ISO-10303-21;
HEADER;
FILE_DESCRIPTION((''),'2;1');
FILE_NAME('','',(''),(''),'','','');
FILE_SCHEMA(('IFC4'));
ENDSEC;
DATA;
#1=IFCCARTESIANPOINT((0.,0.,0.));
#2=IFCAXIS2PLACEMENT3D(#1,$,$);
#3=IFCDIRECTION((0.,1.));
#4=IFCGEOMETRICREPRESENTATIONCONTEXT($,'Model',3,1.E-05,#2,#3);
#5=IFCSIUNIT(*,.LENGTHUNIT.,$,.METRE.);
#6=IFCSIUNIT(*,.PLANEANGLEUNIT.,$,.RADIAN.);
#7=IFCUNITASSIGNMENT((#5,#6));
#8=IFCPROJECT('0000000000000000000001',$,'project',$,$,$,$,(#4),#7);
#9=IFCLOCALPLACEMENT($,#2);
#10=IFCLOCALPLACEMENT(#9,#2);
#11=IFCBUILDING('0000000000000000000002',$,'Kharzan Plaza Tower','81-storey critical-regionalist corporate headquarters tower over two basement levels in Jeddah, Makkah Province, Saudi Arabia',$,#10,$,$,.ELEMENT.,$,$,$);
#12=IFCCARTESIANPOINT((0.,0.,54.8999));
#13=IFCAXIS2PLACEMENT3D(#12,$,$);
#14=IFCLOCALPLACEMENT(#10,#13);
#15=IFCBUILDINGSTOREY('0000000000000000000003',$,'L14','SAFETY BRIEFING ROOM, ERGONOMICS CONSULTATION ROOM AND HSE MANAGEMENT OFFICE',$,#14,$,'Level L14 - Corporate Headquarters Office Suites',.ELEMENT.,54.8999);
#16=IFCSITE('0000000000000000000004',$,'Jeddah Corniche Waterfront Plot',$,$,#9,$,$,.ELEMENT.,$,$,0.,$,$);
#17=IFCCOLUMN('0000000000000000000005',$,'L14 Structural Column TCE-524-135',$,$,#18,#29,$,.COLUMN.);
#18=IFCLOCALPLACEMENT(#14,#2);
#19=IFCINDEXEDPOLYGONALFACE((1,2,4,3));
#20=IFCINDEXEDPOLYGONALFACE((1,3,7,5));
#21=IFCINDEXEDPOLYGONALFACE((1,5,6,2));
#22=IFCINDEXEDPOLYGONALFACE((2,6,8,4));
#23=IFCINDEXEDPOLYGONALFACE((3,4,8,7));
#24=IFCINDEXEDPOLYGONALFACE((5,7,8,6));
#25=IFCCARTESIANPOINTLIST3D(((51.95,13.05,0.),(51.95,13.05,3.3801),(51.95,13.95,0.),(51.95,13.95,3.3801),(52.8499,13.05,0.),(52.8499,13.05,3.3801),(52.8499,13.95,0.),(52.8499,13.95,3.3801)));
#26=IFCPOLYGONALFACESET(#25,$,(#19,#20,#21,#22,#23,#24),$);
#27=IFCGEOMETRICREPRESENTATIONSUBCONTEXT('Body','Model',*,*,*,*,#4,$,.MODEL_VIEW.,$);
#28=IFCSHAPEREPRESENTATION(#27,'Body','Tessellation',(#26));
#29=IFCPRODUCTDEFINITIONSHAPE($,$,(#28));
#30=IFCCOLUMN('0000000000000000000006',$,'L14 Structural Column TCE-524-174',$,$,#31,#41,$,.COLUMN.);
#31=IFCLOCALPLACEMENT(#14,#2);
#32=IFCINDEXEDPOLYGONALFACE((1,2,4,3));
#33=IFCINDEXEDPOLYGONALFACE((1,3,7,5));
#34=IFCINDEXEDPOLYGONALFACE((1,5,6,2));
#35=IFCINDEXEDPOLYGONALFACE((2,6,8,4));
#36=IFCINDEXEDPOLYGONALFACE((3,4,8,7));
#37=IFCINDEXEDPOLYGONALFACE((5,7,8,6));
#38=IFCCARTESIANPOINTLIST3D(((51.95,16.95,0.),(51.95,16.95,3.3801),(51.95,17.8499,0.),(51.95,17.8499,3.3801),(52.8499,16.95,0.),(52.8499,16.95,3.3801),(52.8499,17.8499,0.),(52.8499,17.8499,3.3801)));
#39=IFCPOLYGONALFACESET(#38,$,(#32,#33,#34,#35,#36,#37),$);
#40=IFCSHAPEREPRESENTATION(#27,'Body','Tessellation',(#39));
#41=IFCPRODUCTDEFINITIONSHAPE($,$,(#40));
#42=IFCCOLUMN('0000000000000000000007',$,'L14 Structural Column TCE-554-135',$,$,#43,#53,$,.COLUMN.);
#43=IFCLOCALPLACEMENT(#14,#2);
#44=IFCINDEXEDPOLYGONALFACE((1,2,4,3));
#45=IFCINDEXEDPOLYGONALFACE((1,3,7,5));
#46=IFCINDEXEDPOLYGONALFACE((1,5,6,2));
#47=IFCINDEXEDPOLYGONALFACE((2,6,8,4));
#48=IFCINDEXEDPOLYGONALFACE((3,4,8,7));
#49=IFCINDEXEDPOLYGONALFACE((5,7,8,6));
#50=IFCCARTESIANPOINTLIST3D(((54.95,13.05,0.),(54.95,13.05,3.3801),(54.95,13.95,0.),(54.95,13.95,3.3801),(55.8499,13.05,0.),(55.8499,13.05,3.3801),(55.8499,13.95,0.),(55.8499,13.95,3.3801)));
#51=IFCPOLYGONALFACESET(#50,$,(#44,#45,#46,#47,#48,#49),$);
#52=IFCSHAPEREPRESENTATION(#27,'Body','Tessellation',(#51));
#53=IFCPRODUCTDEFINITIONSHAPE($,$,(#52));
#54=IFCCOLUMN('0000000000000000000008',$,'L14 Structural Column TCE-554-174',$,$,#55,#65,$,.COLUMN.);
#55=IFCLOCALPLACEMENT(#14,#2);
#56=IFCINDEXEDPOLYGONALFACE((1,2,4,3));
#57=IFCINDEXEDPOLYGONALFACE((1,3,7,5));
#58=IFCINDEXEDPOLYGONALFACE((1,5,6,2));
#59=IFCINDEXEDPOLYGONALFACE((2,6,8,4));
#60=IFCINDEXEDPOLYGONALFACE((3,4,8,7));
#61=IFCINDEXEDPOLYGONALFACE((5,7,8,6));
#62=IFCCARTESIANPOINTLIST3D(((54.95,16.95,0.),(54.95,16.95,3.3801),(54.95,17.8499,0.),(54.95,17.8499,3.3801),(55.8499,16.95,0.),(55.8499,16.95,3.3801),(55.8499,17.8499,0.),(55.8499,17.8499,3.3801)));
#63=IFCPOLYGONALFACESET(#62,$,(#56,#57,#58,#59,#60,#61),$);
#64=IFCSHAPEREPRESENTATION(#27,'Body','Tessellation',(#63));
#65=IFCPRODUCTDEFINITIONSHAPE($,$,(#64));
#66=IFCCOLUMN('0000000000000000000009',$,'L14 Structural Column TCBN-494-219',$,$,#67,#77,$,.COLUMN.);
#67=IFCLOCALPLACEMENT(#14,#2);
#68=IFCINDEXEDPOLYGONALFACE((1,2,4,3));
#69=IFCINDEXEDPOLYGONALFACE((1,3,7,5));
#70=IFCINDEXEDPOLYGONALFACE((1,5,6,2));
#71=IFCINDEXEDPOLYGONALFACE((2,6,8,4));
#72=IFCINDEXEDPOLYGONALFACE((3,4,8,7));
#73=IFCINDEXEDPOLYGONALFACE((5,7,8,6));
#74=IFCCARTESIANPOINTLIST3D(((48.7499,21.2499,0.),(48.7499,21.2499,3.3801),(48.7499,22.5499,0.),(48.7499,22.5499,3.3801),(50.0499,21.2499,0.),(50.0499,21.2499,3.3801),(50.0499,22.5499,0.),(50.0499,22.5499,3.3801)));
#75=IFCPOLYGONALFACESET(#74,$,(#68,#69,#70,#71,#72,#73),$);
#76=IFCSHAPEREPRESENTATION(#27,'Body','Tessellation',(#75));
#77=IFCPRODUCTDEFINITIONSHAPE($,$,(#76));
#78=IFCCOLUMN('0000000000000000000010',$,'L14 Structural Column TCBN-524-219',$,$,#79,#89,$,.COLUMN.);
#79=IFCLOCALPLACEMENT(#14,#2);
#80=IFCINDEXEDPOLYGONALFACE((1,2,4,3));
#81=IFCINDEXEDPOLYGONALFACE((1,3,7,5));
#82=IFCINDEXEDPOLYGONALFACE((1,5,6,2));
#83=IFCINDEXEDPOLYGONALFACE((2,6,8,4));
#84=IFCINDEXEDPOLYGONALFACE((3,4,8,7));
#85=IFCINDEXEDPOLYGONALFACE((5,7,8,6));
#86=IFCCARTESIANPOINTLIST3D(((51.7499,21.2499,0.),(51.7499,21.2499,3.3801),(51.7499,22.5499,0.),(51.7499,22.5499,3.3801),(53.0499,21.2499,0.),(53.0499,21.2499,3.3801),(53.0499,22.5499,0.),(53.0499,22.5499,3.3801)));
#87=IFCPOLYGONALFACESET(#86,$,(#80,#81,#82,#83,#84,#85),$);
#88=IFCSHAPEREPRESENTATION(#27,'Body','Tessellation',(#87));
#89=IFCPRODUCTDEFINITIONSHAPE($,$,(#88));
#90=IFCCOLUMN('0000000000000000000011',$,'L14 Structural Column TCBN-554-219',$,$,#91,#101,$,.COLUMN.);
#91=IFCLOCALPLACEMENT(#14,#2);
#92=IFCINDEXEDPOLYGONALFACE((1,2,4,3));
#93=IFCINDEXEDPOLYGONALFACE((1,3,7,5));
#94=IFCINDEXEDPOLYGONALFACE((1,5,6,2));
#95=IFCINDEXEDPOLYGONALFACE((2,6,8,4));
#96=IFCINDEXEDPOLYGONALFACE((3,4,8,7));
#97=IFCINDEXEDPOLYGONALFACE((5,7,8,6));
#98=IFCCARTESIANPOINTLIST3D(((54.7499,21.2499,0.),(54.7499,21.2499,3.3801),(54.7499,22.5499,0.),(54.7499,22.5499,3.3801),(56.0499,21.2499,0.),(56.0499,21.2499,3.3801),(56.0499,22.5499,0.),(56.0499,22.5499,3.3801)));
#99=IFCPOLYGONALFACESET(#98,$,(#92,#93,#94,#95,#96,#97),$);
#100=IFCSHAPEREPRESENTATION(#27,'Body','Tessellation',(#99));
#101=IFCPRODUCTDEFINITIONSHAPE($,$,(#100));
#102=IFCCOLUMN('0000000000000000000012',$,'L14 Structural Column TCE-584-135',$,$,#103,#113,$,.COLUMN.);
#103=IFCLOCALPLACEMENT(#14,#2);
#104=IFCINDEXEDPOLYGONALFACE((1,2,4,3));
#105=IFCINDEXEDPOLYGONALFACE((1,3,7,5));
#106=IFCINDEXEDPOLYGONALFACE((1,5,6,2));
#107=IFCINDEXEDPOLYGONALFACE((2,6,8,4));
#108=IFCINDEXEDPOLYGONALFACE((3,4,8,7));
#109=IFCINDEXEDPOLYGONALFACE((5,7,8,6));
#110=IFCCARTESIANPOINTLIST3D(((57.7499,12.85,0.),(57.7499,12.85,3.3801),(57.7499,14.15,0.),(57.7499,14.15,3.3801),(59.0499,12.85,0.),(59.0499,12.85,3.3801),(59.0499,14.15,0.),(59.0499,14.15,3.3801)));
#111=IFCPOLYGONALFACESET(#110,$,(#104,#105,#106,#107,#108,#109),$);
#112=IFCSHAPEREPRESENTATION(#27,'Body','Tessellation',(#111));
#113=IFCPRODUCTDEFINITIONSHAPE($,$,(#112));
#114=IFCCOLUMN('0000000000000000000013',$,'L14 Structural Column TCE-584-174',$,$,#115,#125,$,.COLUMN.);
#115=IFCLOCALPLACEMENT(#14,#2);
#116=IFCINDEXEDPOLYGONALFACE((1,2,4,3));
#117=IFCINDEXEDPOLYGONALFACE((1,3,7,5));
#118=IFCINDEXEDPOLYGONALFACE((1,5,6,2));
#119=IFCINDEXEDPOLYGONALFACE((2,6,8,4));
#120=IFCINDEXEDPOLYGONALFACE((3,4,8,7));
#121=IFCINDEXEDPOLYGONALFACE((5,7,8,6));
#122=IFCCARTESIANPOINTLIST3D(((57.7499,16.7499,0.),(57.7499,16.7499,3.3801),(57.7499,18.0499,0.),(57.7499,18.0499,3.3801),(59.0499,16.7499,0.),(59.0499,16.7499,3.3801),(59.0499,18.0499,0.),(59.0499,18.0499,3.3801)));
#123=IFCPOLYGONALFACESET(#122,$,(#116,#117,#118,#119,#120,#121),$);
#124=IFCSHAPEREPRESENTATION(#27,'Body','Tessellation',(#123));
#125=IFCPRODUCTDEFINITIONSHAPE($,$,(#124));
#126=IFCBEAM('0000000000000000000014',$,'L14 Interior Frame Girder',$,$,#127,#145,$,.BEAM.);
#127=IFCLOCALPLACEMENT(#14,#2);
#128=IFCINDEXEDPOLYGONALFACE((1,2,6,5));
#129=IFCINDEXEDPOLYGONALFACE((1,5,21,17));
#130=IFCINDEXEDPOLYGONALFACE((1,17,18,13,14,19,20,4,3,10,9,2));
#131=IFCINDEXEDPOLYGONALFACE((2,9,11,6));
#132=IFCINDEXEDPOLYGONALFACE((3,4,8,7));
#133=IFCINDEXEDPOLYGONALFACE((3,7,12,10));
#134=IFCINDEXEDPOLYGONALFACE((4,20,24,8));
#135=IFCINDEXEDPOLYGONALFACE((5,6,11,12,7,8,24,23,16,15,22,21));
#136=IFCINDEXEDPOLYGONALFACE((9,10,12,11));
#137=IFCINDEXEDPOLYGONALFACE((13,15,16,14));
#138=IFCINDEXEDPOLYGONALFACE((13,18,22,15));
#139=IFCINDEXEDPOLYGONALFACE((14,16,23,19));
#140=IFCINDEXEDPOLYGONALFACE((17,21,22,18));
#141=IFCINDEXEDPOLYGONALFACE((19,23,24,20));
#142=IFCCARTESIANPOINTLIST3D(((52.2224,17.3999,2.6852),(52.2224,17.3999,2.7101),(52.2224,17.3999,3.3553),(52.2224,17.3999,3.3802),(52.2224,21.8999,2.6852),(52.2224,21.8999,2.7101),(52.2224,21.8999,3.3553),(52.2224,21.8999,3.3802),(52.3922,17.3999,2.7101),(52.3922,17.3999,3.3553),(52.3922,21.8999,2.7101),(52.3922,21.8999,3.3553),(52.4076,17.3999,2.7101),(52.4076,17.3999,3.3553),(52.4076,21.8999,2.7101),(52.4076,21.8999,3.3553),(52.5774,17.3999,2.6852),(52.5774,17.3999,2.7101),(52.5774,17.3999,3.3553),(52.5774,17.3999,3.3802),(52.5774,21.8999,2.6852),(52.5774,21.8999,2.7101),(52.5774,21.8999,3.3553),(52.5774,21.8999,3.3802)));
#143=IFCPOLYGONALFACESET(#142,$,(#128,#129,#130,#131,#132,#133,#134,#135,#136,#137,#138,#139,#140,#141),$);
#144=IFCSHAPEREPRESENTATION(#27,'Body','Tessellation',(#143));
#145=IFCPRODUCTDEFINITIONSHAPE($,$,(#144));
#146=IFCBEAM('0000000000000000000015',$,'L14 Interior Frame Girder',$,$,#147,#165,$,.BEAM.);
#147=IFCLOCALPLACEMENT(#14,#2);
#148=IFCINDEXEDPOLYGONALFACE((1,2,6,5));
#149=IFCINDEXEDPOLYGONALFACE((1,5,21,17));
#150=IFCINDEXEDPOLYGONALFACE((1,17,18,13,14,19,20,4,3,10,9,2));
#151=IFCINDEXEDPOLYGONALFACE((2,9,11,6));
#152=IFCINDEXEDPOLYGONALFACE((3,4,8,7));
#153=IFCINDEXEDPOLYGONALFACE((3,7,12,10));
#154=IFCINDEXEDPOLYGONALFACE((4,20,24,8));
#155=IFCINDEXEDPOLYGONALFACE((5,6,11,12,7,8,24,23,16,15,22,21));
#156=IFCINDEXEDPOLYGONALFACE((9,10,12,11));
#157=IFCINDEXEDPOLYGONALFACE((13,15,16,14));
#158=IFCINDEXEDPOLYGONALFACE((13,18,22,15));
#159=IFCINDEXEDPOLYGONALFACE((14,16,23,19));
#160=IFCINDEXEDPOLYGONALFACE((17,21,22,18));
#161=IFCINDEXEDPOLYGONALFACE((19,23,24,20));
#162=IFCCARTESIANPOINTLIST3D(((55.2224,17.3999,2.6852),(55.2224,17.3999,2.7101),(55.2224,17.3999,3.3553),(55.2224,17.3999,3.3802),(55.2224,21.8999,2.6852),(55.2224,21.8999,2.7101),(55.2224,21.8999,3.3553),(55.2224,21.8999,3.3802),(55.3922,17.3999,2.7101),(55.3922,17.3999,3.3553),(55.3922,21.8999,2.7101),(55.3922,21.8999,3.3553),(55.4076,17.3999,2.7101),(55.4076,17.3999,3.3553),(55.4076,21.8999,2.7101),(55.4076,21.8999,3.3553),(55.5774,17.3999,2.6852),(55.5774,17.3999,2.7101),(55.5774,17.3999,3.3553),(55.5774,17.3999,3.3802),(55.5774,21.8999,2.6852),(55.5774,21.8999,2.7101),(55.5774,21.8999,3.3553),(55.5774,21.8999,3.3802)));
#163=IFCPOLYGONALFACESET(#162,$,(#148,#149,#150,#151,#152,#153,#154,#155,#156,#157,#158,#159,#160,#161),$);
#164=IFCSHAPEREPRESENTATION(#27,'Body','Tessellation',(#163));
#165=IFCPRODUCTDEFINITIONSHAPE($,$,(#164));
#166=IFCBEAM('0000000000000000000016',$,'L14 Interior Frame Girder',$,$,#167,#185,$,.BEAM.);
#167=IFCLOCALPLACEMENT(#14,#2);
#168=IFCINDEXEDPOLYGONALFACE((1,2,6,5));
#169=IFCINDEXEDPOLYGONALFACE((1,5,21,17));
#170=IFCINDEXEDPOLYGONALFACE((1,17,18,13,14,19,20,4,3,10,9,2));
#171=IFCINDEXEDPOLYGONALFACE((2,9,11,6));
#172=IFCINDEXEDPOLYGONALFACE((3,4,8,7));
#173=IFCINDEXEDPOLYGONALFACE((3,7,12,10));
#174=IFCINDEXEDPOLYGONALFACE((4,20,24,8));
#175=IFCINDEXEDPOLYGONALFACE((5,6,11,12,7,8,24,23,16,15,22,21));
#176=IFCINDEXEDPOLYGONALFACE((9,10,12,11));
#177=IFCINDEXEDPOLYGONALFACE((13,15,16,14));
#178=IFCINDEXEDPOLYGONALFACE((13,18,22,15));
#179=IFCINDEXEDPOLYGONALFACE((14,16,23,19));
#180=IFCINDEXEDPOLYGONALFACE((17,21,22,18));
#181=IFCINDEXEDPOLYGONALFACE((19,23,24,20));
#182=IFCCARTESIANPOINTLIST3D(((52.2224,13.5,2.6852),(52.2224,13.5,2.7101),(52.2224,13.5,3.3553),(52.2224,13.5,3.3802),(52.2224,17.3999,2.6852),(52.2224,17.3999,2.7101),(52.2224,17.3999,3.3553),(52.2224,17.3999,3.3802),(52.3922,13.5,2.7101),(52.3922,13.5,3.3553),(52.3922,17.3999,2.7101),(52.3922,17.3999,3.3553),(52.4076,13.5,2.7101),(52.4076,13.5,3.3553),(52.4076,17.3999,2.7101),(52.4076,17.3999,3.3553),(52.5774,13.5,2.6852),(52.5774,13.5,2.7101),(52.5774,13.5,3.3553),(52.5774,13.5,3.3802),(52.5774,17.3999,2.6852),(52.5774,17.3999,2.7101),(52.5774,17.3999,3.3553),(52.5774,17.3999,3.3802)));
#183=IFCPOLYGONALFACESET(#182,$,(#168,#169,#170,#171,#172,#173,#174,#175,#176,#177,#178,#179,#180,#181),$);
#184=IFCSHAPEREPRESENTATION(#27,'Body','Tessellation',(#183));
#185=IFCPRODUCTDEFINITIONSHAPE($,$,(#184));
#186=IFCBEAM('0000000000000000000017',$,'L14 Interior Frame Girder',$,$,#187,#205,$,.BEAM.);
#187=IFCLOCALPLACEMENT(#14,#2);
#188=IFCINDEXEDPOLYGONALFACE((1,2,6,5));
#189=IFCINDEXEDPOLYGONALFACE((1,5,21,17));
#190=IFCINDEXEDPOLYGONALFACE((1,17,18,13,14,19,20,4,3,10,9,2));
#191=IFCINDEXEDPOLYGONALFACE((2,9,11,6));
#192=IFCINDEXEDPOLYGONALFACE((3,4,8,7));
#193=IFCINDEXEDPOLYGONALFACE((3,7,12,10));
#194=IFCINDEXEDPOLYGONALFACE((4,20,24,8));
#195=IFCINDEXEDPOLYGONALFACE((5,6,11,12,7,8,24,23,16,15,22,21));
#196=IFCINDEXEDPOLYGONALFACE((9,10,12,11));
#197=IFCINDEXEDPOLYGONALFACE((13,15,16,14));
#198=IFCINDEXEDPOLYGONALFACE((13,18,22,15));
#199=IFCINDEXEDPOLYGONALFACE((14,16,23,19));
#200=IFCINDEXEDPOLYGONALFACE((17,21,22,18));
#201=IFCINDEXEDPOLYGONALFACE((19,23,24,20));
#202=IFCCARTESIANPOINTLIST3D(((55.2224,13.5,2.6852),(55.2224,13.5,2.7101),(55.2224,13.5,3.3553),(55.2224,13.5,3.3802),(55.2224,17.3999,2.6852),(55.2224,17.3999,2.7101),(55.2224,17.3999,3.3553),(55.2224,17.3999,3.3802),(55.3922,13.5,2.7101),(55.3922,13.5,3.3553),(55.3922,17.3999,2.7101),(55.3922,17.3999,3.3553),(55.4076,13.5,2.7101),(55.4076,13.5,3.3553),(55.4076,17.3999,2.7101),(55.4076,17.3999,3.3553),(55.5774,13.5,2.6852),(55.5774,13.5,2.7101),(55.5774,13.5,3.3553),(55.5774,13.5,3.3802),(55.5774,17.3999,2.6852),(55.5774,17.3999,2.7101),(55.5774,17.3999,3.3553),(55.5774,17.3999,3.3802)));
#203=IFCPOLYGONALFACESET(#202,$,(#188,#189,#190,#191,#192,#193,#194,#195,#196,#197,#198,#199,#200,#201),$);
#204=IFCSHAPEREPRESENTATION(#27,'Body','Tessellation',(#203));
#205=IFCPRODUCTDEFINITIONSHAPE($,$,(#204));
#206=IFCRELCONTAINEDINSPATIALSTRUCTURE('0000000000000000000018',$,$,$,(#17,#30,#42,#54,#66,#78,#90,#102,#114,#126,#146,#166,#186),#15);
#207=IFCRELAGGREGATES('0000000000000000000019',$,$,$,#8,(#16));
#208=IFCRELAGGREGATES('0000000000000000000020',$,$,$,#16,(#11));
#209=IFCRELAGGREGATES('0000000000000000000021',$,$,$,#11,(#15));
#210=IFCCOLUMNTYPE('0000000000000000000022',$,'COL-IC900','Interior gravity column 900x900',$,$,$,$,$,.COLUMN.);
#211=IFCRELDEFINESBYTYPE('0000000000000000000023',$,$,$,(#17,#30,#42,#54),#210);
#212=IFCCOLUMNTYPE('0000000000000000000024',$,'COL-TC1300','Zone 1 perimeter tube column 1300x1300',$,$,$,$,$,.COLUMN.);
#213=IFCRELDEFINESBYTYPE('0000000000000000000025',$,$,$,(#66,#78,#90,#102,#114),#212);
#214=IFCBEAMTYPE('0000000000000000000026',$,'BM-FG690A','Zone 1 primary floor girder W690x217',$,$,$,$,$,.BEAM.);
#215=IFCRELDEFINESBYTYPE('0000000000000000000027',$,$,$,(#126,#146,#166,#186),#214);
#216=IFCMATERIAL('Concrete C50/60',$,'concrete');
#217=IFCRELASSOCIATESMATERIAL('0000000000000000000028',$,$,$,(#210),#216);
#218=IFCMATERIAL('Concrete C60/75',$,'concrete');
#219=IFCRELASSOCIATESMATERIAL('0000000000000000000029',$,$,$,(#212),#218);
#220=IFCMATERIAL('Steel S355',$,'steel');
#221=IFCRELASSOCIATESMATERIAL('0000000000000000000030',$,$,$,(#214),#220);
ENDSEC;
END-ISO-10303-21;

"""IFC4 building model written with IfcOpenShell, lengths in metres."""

from ifc_helpers import new_model, si_unit, direction, frame, origin, origin_2d, place, context, subcontext, project, spatial, rectangle, i_section, extrude, source, transform, mapped, material, material_profile, profile_set, type_object, element, save


model = new_model("IFC4")

# Units and contexts
model_context = context("Model", 3, precision=1e-05, world=origin(), true_north=direction((0.0, 1.0)))
body_context = subcontext(model_context, "Body", "Model", "MODEL_VIEW")
ifc_project = project(units=[si_unit("LENGTHUNIT", "METRE"), si_unit("PLANEANGLEUNIT", "RADIAN")], contexts=[model_context])

# Site, building, storey
site_placement = place(None, origin())
site = spatial("IfcSite", under=ifc_project, at=site_placement, Name="Jeddah Corniche Waterfront Plot", CompositionType="ELEMENT", RefElevation=0.0)
building_placement = place(site_placement, origin())
building = spatial("IfcBuilding", under=site, at=building_placement, Name="Kharzan Plaza Tower", Description="81-storey critical-regionalist corporate headquarters tower over two basement levels in Jeddah, Makkah Province, Saudi Arabia", CompositionType="ELEMENT")
storey_placement = place(building_placement, frame((0.0, 0.0, 54.8999)))
storey = spatial("IfcBuildingStorey", under=building, at=storey_placement, Name="L14", Description="SAFETY BRIEFING ROOM, ERGONOMICS CONSULTATION ROOM AND HSE MANAGEMENT OFFICE", LongName="Level L14 - Corporate Headquarters Office Suites", CompositionType="ELEMENT", Elevation=54.8999)

# Columns
ifc_material_1 = material(Name="Concrete C50/60", Category="concrete")
ifc_material_profile_1 = material_profile(ifc_material_1, rectangle(XDim=0.8999, YDim=0.8999, at=origin_2d()), Name="RC-IC900x900")
ifc_profile_set_1 = profile_set([ifc_material_profile_1], Name="Concrete C50/60")
column_type_1 = type_object("IfcColumnType", Name="COL-IC900", Description="Interior gravity column 900x900", PredefinedType="COLUMN", material=ifc_profile_set_1)
shared_shape_1 = source(origin(), body_context, "Body", "SweptSolid", [
    extrude(rectangle(XDim=0.8999, YDim=0.8999, at=origin_2d()), origin(), (0.0, 0.0, 1.0), 3.3801),
])
for number, where, z_axis, x_axis, name in (
    (1, (52.3999, 13.5, 0.0), (0.0, 0.0, 1.0), (1.0, 0.0, 0.0), "L14 Structural Column TCE-524-135"),
    (2, (52.3999, 17.3999, 0.0), (0.0, 0.0, 1.0), (1.0, 0.0, 0.0), "L14 Structural Column TCE-524-174"),
    (3, (55.3999, 13.5, 0.0), (0.0, 0.0, 1.0), (1.0, 0.0, 0.0), "L14 Structural Column TCE-554-135"),
    (4, (55.3999, 17.3999, 0.0), (0.0, 0.0, 1.0), (1.0, 0.0, 0.0), "L14 Structural Column TCE-554-174"),
):
    element("IfcColumn", number, at=place(storey_placement, frame(where, z_axis=z_axis, x_axis=x_axis)), inside=storey, type_object=column_type_1, Name=name, PredefinedType="COLUMN", context=body_context, shape_type="MappedRepresentation", body=[
        mapped(shared_shape_1, transform((0.0, 0.0, 0.0), x_axis=(1.0, 0.0, 0.0), y_axis=(0.0, 1.0, 0.0), z_axis=(0.0, 0.0, 1.0))),
    ])
ifc_material_2 = material(Name="Concrete C60/75", Category="concrete")
ifc_material_profile_2 = material_profile(ifc_material_2, rectangle(XDim=1.3, YDim=1.3, at=origin_2d()), Name="RC-TC1300x1300")
ifc_profile_set_2 = profile_set([ifc_material_profile_2], Name="Concrete C60/75")
column_type_2 = type_object("IfcColumnType", Name="COL-TC1300", Description="Zone 1 perimeter tube column 1300x1300", PredefinedType="COLUMN", material=ifc_profile_set_2)
shared_shape_2 = source(origin(), body_context, "Body", "SweptSolid", [
    extrude(rectangle(XDim=1.3, YDim=1.3, at=origin_2d()), origin(), (0.0, 0.0, 1.0), 3.3801),
])
for number, where, z_axis, x_axis, name in (
    (5, (49.3999, 21.8999, 0.0), (0.0, 0.0, 1.0), (1.0, 0.0, 0.0), "L14 Structural Column TCBN-494-219"),
    (6, (52.3999, 21.8999, 0.0), (0.0, 0.0, 1.0), (1.0, 0.0, 0.0), "L14 Structural Column TCBN-524-219"),
    (7, (55.3999, 21.8999, 0.0), (0.0, 0.0, 1.0), (1.0, 0.0, 0.0), "L14 Structural Column TCBN-554-219"),
    (8, (58.3999, 13.5, 0.0), (0.0, 0.0, 1.0), (1.0, 0.0, 0.0), "L14 Structural Column TCE-584-135"),
    (9, (58.3999, 17.3999, 0.0), (0.0, 0.0, 1.0), (1.0, 0.0, 0.0), "L14 Structural Column TCE-584-174"),
):
    element("IfcColumn", number, at=place(storey_placement, frame(where, z_axis=z_axis, x_axis=x_axis)), inside=storey, type_object=column_type_2, Name=name, PredefinedType="COLUMN", context=body_context, shape_type="MappedRepresentation", body=[
        mapped(shared_shape_2, transform((0.0, 0.0, 0.0), x_axis=(1.0, 0.0, 0.0), y_axis=(0.0, 1.0, 0.0), z_axis=(0.0, 0.0, 1.0))),
    ])

# Beams
ifc_material_3 = material(Name="Steel S355", Category="steel")
ifc_material_profile_3 = material_profile(ifc_material_3, i_section(OverallWidth=0.355, OverallDepth=0.6951, WebThickness=0.0154, FlangeThickness=0.0249, at=origin_2d()), Name="W690x217")
ifc_profile_set_3 = profile_set([ifc_material_profile_3], Name="Steel S355")
beam_type_1 = type_object("IfcBeamType", Name="BM-FG690A", Description="Zone 1 primary floor girder W690x217", PredefinedType="BEAM", material=ifc_profile_set_3)
shared_shape_3 = source(origin(), body_context, "Body", "SweptSolid", [
    extrude(i_section(OverallWidth=0.355, OverallDepth=0.6951, WebThickness=0.0154, FlangeThickness=0.0249, at=origin_2d()), origin(), (0.0, 0.0, 1.0), 4.5),
])
for number, where, z_axis, x_axis, name in (
    (10, (52.3999, 17.3999, 3.0327), (0.0, 1.0, 0.0), (-1.0, 0.0, 0.0), "L14 Interior Frame Girder"),
    (11, (55.3999, 17.3999, 3.0327), (0.0, 1.0, 0.0), (-1.0, 0.0, 0.0), "L14 Interior Frame Girder"),
):
    element("IfcBeam", number, at=place(storey_placement, frame(where, z_axis=z_axis, x_axis=x_axis)), inside=storey, type_object=beam_type_1, Name=name, PredefinedType="BEAM", context=body_context, shape_type="MappedRepresentation", body=[
        mapped(shared_shape_3, transform((0.0, 0.0, 0.0), x_axis=(1.0, 0.0, 0.0), y_axis=(0.0, 1.0, 0.0), z_axis=(0.0, 0.0, 1.0))),
    ])
shared_shape_4 = source(origin(), body_context, "Body", "SweptSolid", [
    extrude(i_section(OverallWidth=0.355, OverallDepth=0.6951, WebThickness=0.0154, FlangeThickness=0.0249, at=origin_2d()), origin(), (0.0, 0.0, 1.0), 3.8999),
])
for number, where, z_axis, x_axis, name in (
    (12, (52.3999, 13.5, 3.0327), (0.0, 1.0, 0.0), (-1.0, 0.0, 0.0), "L14 Interior Frame Girder"),
    (13, (55.3999, 13.5, 3.0327), (0.0, 1.0, 0.0), (-1.0, 0.0, 0.0), "L14 Interior Frame Girder"),
):
    element("IfcBeam", number, at=place(storey_placement, frame(where, z_axis=z_axis, x_axis=x_axis)), inside=storey, type_object=beam_type_1, Name=name, PredefinedType="BEAM", context=body_context, shape_type="MappedRepresentation", body=[
        mapped(shared_shape_4, transform((0.0, 0.0, 0.0), x_axis=(1.0, 0.0, 0.0), y_axis=(0.0, 1.0, 0.0), z_axis=(0.0, 0.0, 1.0))),
    ])

save(model, "model.ifc")
